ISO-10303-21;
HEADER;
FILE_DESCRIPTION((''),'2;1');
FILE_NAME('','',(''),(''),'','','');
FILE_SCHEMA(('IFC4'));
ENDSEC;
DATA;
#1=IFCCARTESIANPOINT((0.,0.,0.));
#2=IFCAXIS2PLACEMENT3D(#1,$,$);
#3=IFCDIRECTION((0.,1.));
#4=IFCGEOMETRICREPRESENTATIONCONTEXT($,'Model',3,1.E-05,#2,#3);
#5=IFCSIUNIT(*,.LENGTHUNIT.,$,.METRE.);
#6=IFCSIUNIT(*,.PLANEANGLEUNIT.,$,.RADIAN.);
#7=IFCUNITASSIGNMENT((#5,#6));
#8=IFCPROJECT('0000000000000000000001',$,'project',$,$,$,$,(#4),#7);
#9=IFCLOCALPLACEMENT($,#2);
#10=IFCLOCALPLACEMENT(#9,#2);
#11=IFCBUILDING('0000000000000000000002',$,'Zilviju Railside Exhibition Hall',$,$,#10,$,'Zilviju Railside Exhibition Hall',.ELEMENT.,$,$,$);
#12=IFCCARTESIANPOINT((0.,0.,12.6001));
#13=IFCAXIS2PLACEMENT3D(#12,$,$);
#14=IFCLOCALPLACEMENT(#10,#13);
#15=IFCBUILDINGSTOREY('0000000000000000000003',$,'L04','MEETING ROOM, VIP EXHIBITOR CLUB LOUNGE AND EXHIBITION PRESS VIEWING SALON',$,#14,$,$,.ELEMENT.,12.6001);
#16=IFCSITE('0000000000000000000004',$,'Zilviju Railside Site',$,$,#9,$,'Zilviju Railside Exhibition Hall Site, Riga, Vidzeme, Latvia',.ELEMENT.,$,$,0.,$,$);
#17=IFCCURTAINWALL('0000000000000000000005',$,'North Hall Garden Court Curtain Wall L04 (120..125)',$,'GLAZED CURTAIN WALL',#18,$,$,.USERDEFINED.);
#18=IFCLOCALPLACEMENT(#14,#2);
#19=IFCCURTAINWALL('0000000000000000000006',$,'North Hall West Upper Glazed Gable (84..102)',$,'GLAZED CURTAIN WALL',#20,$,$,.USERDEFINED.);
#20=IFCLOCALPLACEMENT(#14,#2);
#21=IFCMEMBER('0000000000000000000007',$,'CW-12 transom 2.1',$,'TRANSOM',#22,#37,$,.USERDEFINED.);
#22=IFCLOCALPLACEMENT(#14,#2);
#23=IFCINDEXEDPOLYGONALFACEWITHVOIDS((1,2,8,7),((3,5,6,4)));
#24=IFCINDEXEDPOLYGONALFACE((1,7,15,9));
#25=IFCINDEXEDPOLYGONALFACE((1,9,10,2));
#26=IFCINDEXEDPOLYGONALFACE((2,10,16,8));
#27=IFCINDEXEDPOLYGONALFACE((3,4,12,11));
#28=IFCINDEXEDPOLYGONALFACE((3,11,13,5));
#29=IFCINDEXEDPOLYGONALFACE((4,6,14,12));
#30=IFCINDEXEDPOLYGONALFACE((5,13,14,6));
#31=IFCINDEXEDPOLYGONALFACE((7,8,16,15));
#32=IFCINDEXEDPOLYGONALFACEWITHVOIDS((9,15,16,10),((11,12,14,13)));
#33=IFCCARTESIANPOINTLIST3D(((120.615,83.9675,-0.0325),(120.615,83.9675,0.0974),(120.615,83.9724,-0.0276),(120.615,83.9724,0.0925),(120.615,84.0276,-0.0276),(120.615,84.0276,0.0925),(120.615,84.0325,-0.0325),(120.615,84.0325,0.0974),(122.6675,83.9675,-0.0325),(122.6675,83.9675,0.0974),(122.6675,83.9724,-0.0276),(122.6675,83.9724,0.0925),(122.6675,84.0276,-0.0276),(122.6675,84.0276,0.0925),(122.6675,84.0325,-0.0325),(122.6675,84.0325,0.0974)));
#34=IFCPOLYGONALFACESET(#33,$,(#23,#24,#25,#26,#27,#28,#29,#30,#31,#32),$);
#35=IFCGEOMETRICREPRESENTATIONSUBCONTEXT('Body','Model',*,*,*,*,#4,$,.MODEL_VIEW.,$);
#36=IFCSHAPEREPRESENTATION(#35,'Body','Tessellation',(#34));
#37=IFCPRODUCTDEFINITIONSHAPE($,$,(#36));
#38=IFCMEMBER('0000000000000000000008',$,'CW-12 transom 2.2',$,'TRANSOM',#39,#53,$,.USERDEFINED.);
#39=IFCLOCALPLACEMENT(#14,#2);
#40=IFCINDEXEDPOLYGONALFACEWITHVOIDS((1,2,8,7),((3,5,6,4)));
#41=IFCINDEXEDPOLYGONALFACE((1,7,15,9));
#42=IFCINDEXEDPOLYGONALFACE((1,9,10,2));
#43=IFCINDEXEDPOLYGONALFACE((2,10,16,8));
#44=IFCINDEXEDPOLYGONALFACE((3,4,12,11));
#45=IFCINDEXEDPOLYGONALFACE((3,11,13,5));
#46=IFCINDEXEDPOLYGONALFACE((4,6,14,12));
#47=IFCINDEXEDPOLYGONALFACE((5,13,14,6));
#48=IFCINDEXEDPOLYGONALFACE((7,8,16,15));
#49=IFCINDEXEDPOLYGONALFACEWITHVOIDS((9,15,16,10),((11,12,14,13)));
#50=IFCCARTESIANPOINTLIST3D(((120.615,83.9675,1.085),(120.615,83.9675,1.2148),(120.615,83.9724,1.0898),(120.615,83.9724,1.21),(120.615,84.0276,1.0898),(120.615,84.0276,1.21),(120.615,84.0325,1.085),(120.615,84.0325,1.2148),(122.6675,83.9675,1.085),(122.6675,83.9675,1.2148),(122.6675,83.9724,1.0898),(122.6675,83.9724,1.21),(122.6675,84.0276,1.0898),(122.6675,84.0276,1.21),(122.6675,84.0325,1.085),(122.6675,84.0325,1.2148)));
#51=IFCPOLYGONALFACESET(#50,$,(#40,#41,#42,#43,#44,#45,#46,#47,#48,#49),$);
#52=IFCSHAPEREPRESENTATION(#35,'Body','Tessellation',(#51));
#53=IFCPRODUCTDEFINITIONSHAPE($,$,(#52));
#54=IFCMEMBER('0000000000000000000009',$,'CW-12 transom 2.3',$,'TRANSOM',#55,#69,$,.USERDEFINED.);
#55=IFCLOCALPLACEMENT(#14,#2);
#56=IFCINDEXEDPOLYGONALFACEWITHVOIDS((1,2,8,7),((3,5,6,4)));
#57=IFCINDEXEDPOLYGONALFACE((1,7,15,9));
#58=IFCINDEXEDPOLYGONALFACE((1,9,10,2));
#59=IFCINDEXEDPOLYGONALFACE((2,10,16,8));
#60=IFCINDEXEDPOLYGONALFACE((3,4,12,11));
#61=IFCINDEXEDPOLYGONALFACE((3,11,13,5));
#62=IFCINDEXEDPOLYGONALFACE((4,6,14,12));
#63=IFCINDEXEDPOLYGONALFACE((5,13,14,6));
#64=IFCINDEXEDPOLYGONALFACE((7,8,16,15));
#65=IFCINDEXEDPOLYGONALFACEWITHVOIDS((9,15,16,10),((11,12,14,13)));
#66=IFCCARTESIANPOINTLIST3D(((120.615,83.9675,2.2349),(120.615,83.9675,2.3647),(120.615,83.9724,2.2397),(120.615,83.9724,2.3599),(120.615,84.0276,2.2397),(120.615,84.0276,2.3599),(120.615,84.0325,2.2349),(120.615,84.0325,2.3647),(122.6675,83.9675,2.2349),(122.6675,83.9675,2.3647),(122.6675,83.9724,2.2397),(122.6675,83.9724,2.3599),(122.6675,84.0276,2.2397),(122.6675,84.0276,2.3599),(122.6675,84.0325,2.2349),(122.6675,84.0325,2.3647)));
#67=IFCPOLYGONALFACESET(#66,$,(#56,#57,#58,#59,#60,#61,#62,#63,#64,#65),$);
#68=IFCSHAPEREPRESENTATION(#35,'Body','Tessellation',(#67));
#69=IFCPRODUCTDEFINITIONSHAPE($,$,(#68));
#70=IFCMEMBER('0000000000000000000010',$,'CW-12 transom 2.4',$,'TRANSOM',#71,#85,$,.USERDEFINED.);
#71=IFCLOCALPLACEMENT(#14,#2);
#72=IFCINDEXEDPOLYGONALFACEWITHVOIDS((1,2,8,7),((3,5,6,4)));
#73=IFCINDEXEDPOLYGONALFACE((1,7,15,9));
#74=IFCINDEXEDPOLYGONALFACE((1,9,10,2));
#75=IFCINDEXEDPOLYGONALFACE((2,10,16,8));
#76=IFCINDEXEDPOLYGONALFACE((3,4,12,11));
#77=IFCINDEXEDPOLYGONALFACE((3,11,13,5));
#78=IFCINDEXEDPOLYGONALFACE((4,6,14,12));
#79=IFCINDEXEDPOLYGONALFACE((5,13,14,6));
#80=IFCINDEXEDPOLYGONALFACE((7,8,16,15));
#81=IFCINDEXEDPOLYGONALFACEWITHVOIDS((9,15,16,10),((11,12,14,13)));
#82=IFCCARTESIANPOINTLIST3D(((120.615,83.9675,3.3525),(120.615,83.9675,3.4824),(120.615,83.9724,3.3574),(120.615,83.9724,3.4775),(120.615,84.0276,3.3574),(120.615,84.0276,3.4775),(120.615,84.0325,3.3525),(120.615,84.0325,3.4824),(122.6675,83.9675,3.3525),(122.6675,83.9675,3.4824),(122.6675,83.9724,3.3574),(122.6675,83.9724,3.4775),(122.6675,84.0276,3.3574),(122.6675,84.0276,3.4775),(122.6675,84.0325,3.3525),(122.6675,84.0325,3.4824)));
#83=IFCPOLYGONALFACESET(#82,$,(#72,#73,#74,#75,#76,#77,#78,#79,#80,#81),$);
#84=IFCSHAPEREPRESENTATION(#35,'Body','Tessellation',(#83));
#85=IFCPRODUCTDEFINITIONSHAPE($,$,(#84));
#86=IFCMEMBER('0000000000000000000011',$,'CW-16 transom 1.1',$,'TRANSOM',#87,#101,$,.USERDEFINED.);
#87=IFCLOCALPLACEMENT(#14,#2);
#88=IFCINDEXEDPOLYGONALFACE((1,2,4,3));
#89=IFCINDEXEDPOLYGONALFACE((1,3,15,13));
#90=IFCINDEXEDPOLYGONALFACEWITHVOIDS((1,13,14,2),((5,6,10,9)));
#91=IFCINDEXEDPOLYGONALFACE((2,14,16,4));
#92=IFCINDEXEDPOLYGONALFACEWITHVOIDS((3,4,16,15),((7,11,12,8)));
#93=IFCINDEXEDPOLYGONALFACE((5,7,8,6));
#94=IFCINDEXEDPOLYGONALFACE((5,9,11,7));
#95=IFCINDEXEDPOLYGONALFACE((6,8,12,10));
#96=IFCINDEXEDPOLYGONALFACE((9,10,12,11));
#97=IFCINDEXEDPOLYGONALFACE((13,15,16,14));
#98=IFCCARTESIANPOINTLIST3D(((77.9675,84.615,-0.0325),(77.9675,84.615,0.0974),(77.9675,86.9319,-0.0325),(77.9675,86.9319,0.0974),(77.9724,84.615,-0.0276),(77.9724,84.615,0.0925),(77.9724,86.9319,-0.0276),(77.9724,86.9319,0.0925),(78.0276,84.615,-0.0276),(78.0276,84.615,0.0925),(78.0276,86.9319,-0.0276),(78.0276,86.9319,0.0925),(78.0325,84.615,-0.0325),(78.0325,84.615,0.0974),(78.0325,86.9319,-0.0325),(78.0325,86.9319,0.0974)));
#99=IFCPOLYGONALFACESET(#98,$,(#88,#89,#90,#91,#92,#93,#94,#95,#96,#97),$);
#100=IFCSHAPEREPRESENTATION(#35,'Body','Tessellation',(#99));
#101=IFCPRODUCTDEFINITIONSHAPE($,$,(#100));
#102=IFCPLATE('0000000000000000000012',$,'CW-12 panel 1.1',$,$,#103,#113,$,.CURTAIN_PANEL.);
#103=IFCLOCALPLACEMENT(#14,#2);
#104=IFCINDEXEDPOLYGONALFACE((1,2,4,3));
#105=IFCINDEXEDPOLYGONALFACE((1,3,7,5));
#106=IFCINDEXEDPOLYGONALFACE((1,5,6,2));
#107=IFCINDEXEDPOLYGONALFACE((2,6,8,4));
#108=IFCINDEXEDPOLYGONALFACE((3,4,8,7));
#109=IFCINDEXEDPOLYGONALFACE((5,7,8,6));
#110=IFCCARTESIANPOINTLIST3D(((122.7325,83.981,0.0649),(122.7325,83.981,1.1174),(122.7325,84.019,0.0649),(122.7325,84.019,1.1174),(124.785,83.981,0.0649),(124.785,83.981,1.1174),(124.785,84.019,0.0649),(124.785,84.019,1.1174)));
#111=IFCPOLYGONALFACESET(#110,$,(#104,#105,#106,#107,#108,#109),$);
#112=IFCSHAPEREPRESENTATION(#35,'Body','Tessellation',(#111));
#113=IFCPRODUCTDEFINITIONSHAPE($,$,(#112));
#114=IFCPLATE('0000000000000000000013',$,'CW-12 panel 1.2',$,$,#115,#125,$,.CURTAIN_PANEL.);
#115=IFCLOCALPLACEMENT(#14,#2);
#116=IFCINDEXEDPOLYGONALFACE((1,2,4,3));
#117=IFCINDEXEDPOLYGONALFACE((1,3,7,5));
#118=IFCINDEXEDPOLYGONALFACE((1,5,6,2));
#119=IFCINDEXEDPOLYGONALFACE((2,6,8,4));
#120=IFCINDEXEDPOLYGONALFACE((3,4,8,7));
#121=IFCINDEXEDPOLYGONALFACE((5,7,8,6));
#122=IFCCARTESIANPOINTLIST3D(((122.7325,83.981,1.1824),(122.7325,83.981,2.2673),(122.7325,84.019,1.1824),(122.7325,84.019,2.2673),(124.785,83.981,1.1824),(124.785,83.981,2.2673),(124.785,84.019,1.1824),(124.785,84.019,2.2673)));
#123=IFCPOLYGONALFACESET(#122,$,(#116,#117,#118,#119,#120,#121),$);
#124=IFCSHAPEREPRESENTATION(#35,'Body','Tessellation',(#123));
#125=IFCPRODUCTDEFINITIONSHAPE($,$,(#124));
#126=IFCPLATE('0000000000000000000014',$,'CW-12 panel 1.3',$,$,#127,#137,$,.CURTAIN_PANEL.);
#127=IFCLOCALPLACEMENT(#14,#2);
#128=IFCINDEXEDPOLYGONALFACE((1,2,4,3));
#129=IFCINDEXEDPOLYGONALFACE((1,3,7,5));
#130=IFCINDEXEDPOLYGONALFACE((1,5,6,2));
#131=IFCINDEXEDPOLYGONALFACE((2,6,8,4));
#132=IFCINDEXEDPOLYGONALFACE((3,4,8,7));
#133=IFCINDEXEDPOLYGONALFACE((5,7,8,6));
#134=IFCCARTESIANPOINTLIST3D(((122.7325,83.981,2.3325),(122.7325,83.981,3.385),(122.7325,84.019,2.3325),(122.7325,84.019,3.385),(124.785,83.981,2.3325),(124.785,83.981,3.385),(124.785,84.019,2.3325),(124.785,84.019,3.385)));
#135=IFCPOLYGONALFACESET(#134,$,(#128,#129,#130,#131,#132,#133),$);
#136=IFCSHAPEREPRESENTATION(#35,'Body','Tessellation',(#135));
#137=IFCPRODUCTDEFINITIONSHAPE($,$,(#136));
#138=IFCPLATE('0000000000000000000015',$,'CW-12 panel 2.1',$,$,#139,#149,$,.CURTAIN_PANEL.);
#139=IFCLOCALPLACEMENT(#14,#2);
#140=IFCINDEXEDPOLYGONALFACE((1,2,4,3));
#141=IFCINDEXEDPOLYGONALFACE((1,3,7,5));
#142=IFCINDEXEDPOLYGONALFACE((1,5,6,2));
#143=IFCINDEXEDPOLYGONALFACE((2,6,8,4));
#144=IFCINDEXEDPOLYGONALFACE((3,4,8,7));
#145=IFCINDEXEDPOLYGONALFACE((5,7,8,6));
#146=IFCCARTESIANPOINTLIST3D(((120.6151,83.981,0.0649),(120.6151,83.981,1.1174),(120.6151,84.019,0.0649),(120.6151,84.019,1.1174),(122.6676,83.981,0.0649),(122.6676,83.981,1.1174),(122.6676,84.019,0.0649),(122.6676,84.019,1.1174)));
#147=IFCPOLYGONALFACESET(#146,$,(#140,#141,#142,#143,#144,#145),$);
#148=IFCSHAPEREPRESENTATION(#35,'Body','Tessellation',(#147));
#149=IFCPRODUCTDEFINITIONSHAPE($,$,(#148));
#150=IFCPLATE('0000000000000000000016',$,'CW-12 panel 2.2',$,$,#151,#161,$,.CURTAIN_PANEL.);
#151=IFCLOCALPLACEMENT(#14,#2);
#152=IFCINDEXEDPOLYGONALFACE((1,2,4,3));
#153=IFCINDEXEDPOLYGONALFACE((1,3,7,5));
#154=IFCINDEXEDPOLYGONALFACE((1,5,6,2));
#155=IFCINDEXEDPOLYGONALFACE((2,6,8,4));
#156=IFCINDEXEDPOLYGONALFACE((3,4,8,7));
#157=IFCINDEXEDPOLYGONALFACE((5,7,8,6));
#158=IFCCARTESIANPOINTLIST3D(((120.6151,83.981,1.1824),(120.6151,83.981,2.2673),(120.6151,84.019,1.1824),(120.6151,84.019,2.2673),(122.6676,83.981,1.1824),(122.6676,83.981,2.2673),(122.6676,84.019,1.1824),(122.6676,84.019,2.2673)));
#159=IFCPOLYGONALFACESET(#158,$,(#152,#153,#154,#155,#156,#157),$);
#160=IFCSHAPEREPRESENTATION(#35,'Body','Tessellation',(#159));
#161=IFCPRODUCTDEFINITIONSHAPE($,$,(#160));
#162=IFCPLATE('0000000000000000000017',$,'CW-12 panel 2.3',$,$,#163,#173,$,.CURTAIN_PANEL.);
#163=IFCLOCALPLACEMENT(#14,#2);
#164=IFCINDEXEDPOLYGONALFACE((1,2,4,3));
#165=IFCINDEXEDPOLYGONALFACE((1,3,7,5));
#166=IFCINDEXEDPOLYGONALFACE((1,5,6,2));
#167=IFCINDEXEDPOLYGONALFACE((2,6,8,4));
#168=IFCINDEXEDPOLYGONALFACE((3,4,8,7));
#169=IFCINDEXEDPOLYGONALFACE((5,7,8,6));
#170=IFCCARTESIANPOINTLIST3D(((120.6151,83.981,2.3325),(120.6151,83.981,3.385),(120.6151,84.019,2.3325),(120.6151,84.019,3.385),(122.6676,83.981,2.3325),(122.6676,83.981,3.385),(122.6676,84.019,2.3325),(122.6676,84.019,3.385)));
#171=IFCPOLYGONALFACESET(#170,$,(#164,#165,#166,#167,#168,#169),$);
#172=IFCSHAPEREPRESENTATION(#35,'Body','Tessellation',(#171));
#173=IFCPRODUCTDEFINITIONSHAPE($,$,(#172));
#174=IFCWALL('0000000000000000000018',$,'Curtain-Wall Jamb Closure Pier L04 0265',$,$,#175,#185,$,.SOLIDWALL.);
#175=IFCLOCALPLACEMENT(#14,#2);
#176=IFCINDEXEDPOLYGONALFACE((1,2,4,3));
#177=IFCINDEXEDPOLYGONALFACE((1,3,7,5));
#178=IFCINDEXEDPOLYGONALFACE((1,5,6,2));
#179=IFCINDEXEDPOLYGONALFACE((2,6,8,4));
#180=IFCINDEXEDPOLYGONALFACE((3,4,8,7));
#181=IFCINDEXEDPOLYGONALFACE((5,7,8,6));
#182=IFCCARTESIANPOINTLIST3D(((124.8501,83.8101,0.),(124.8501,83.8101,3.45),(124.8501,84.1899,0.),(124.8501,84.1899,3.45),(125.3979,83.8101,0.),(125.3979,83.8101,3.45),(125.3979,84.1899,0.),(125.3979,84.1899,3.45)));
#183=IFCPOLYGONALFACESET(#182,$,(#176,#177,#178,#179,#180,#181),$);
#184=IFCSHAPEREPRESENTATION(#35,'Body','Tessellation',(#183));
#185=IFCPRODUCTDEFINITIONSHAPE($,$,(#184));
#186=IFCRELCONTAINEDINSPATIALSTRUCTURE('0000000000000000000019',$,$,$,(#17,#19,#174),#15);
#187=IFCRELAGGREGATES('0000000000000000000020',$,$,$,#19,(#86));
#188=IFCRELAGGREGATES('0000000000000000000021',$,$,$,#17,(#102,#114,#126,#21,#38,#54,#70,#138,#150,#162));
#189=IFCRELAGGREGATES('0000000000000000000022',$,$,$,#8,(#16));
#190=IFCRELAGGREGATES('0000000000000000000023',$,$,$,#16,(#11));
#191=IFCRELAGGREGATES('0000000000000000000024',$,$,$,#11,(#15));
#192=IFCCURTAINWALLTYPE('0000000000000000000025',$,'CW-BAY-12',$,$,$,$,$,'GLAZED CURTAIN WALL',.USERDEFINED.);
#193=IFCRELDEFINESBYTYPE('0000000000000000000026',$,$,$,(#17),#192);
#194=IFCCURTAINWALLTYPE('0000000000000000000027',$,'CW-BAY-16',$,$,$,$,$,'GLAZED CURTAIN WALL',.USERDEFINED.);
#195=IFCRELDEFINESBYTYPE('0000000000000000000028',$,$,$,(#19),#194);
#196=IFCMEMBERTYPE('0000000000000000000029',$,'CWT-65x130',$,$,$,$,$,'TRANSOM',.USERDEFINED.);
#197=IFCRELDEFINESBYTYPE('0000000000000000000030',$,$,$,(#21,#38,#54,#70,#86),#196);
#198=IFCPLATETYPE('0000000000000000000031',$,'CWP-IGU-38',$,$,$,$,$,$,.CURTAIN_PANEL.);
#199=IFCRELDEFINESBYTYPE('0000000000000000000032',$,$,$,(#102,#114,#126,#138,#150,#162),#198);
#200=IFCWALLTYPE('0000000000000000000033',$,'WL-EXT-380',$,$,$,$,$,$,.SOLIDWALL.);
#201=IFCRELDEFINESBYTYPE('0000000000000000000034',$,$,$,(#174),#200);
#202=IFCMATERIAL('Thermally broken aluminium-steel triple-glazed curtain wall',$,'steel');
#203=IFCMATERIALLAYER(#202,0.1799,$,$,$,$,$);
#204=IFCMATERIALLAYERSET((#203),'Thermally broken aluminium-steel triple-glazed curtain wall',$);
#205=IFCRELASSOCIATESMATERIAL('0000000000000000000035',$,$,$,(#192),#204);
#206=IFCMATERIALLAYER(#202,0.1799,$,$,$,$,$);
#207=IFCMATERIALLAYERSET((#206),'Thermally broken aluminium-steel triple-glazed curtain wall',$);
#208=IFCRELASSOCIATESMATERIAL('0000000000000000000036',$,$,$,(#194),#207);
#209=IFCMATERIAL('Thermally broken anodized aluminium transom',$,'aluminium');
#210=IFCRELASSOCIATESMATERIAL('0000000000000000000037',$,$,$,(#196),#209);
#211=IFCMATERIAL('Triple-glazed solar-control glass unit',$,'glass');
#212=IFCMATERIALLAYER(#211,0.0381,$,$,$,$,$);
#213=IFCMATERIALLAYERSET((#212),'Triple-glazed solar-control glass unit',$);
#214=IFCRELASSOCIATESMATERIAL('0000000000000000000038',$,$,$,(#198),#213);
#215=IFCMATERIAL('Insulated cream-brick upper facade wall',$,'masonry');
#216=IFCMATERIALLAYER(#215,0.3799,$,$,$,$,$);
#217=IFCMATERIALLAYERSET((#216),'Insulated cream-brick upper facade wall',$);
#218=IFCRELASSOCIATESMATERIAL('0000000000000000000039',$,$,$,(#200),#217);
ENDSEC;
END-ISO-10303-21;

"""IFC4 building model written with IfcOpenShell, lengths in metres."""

from ifc_helpers import new_model, si_unit, direction, frame, frame_2d, origin, origin_2d, place, context, subcontext, project, spatial, rectangle, hollow_rectangle, extrude, material, layer, layer_set, material_profile, profile_set, type_object, element, aggregate, save


model = new_model("IFC4")

# Units and contexts
model_context = context("Model", 3, precision=1e-05, world=origin(), true_north=direction((0.0, 1.0)))
body_context = subcontext(model_context, "Body", "Model", "MODEL_VIEW")
ifc_project = project(units=[si_unit("LENGTHUNIT", "METRE"), si_unit("PLANEANGLEUNIT", "RADIAN")], contexts=[model_context])

# Site, building, storey
site_placement = place(None, origin())
site = spatial("IfcSite", under=ifc_project, at=site_placement, Name="Zilviju Railside Site", LongName="Zilviju Railside Exhibition Hall Site, Riga, Vidzeme, Latvia", CompositionType="ELEMENT", RefElevation=0.0)
building_placement = place(site_placement, origin())
building = spatial("IfcBuilding", under=site, at=building_placement, Name="Zilviju Railside Exhibition Hall", LongName="Zilviju Railside Exhibition Hall", CompositionType="ELEMENT")
storey_placement = place(building_placement, frame((0.0, 0.0, 12.6001)))
storey = spatial("IfcBuildingStorey", under=building, at=storey_placement, Name="L04", Description="MEETING ROOM, VIP EXHIBITOR CLUB LOUNGE AND EXHIBITION PRESS VIEWING SALON", CompositionType="ELEMENT", Elevation=12.6001)

# Curtain wall
ifc_material_1 = material(Name="Thermally broken aluminium-steel triple-glazed curtain wall", Category="steel")
ifc_layer_1 = layer(ifc_material_1, 0.1799)
ifc_layer_set_1 = layer_set([ifc_layer_1], Name="Thermally broken aluminium-steel triple-glazed curtain wall")
curtain_wall_type_1 = type_object("IfcCurtainWallType", Name="CW-BAY-12", ElementType="GLAZED CURTAIN WALL", PredefinedType="USERDEFINED", material=ifc_layer_set_1)
curtain_wall_1_placement = place(storey_placement, origin())
curtain_wall_1 = element("IfcCurtainWall", 1, at=curtain_wall_1_placement, inside=storey, type_object=curtain_wall_type_1, Name="North Hall Garden Court Curtain Wall L04 (120..125)", ObjectType="GLAZED CURTAIN WALL", PredefinedType="USERDEFINED")

# Curtain wall
ifc_layer_2 = layer(ifc_material_1, 0.1799)
ifc_layer_set_2 = layer_set([ifc_layer_2], Name="Thermally broken aluminium-steel triple-glazed curtain wall")
curtain_wall_type_2 = type_object("IfcCurtainWallType", Name="CW-BAY-16", ElementType="GLAZED CURTAIN WALL", PredefinedType="USERDEFINED", material=ifc_layer_set_2)
curtain_wall_2_placement = place(storey_placement, origin())
curtain_wall_2 = element("IfcCurtainWall", 2, at=curtain_wall_2_placement, inside=storey, type_object=curtain_wall_type_2, Name="North Hall West Upper Glazed Gable (84..102)", ObjectType="GLAZED CURTAIN WALL", PredefinedType="USERDEFINED")

# Members
ifc_material_2 = material(Name="Thermally broken anodized aluminium transom", Category="aluminium")
ifc_material_profile_1 = material_profile(ifc_material_2, hollow_rectangle(XDim=0.0649, YDim=0.1299, WallThickness=0.0049, at=origin_2d()), Name="TRANSOM 130x65x5")
ifc_profile_set_1 = profile_set([ifc_material_profile_1], Name="Thermally broken anodized aluminium transom")
member_type_1 = type_object("IfcMemberType", Name="CWT-65x130", ElementType="TRANSOM", PredefinedType="USERDEFINED", material=ifc_profile_set_1)
member_1_placement = place(storey_placement, frame((122.6675, 84.0, 0.0325), z_axis=(-1.0, 0.0, 0.0), x_axis=(0.0, -1.0, 0.0)))
member_1 = element("IfcMember", 3, at=member_1_placement, type_object=member_type_1, Name="CW-12 transom 2.1", ObjectType="TRANSOM", PredefinedType="USERDEFINED", context=body_context, shape_type="SweptSolid", body=[
    extrude(hollow_rectangle(XDim=0.0649, YDim=0.1299, WallThickness=0.0049, at=origin_2d()), origin(), (0.0, 0.0, 1.0), 2.0525),
])
member_2_placement = place(storey_placement, frame((122.6675, 84.0, 1.1499), z_axis=(-1.0, 0.0, 0.0), x_axis=(0.0, -1.0, 0.0)))
member_2 = element("IfcMember", 4, at=member_2_placement, type_object=member_type_1, Name="CW-12 transom 2.2", ObjectType="TRANSOM", PredefinedType="USERDEFINED", context=body_context, shape_type="SweptSolid", body=[
    extrude(hollow_rectangle(XDim=0.0649, YDim=0.1299, WallThickness=0.0049, at=origin_2d()), origin(), (0.0, 0.0, 1.0), 2.0525),
])
member_3_placement = place(storey_placement, frame((122.6675, 84.0, 2.2998), z_axis=(-1.0, 0.0, 0.0), x_axis=(0.0, -1.0, 0.0)))
member_3 = element("IfcMember", 5, at=member_3_placement, type_object=member_type_1, Name="CW-12 transom 2.3", ObjectType="TRANSOM", PredefinedType="USERDEFINED", context=body_context, shape_type="SweptSolid", body=[
    extrude(hollow_rectangle(XDim=0.0649, YDim=0.1299, WallThickness=0.0049, at=origin_2d()), origin(), (0.0, 0.0, 1.0), 2.0525),
])
member_4_placement = place(storey_placement, frame((122.6675, 84.0, 3.4175), z_axis=(-1.0, 0.0, 0.0), x_axis=(0.0, -1.0, 0.0)))
member_4 = element("IfcMember", 6, at=member_4_placement, type_object=member_type_1, Name="CW-12 transom 2.4", ObjectType="TRANSOM", PredefinedType="USERDEFINED", context=body_context, shape_type="SweptSolid", body=[
    extrude(hollow_rectangle(XDim=0.0649, YDim=0.1299, WallThickness=0.0049, at=origin_2d()), origin(), (0.0, 0.0, 1.0), 2.0525),
])
member_5_placement = place(storey_placement, frame((78.0, 84.615, 0.0325), z_axis=(0.0, 1.0, 0.0), x_axis=(-1.0, 0.0, 0.0)))
member_5 = element("IfcMember", 7, at=member_5_placement, type_object=member_type_1, Name="CW-16 transom 1.1", ObjectType="TRANSOM", PredefinedType="USERDEFINED", context=body_context, shape_type="SweptSolid", body=[
    extrude(hollow_rectangle(XDim=0.0649, YDim=0.1299, WallThickness=0.0049, at=origin_2d()), origin(), (0.0, 0.0, 1.0), 2.3169),
])
aggregate(curtain_wall_2, [member_5])

# Plates
ifc_material_3 = material(Name="Triple-glazed solar-control glass unit", Category="glass")
ifc_layer_3 = layer(ifc_material_3, 0.0381)
ifc_layer_set_3 = layer_set([ifc_layer_3], Name="Triple-glazed solar-control glass unit")
plate_type = type_object("IfcPlateType", Name="CWP-IGU-38", PredefinedType="CURTAIN_PANEL", material=ifc_layer_set_3)
plate_1_placement = place(storey_placement, frame((123.7588, 84.0, 0.0649), z_axis=(0.0, 0.0, 1.0), x_axis=(-1.0, 0.0, 0.0)))
plate_1 = element("IfcPlate", 8, at=plate_1_placement, type_object=plate_type, Name="CW-12 panel 1.1", PredefinedType="CURTAIN_PANEL", context=body_context, shape_type="SweptSolid", body=[
    extrude(rectangle(XDim=2.0525, YDim=0.0381, at=origin_2d()), origin(), (0.0, 0.0, 1.0), 1.0525),
])
plate_2_placement = place(storey_placement, frame((123.7588, 84.0, 1.1824), z_axis=(0.0, 0.0, 1.0), x_axis=(-1.0, 0.0, 0.0)))
plate_2 = element("IfcPlate", 9, at=plate_2_placement, type_object=plate_type, Name="CW-12 panel 1.2", PredefinedType="CURTAIN_PANEL", context=body_context, shape_type="SweptSolid", body=[
    extrude(rectangle(XDim=2.0525, YDim=0.0381, at=origin_2d()), origin(), (0.0, 0.0, 1.0), 1.085),
])
plate_3_placement = place(storey_placement, frame((123.7588, 84.0, 2.3325), z_axis=(0.0, 0.0, 1.0), x_axis=(-1.0, 0.0, 0.0)))
plate_3 = element("IfcPlate", 10, at=plate_3_placement, type_object=plate_type, Name="CW-12 panel 1.3", PredefinedType="CURTAIN_PANEL", context=body_context, shape_type="SweptSolid", body=[
    extrude(rectangle(XDim=2.0525, YDim=0.0381, at=origin_2d()), origin(), (0.0, 0.0, 1.0), 1.0525),
])
plate_4_placement = place(storey_placement, frame((121.6414, 84.0, 0.0649), z_axis=(0.0, 0.0, 1.0), x_axis=(-1.0, 0.0, 0.0)))
plate_4 = element("IfcPlate", 11, at=plate_4_placement, type_object=plate_type, Name="CW-12 panel 2.1", PredefinedType="CURTAIN_PANEL", context=body_context, shape_type="SweptSolid", body=[
    extrude(rectangle(XDim=2.0525, YDim=0.0381, at=origin_2d()), origin(), (0.0, 0.0, 1.0), 1.0525),
])
plate_5_placement = place(storey_placement, frame((121.6414, 84.0, 1.1824), z_axis=(0.0, 0.0, 1.0), x_axis=(-1.0, 0.0, 0.0)))
plate_5 = element("IfcPlate", 12, at=plate_5_placement, type_object=plate_type, Name="CW-12 panel 2.2", PredefinedType="CURTAIN_PANEL", context=body_context, shape_type="SweptSolid", body=[
    extrude(rectangle(XDim=2.0525, YDim=0.0381, at=origin_2d()), origin(), (0.0, 0.0, 1.0), 1.085),
])
plate_6_placement = place(storey_placement, frame((121.6414, 84.0, 2.3325), z_axis=(0.0, 0.0, 1.0), x_axis=(-1.0, 0.0, 0.0)))
plate_6 = element("IfcPlate", 13, at=plate_6_placement, type_object=plate_type, Name="CW-12 panel 2.3", PredefinedType="CURTAIN_PANEL", context=body_context, shape_type="SweptSolid", body=[
    extrude(rectangle(XDim=2.0525, YDim=0.0381, at=origin_2d()), origin(), (0.0, 0.0, 1.0), 1.0525),
])
aggregate(curtain_wall_1, [plate_1, plate_2, plate_3, member_1, member_2, member_3, member_4, plate_4, plate_5, plate_6])

# Wall
ifc_material_4 = material(Name="Insulated cream-brick upper facade wall", Category="masonry")
ifc_layer_4 = layer(ifc_material_4, 0.3799)
ifc_layer_set_4 = layer_set([ifc_layer_4], Name="Insulated cream-brick upper facade wall")
wall_type = type_object("IfcWallType", Name="WL-EXT-380", PredefinedType="SOLIDWALL", material=ifc_layer_set_4)
wall_placement = place(storey_placement, frame((125.3979, 84.0, 0.0), z_axis=(0.0, 0.0, 1.0), x_axis=(-1.0, 0.0, 0.0)))
element("IfcWall", 14, at=wall_placement, inside=storey, type_object=wall_type, Name="Curtain-Wall Jamb Closure Pier L04 0265", PredefinedType="SOLIDWALL", context=body_context, shape_type="SweptSolid", body=[
    extrude(rectangle(XDim=0.5479, YDim=0.3799, at=frame_2d((0.2739, 0.0))), origin(), (0.0, 0.0, 1.0), 3.45),
])

save(model, "model.ifc")
